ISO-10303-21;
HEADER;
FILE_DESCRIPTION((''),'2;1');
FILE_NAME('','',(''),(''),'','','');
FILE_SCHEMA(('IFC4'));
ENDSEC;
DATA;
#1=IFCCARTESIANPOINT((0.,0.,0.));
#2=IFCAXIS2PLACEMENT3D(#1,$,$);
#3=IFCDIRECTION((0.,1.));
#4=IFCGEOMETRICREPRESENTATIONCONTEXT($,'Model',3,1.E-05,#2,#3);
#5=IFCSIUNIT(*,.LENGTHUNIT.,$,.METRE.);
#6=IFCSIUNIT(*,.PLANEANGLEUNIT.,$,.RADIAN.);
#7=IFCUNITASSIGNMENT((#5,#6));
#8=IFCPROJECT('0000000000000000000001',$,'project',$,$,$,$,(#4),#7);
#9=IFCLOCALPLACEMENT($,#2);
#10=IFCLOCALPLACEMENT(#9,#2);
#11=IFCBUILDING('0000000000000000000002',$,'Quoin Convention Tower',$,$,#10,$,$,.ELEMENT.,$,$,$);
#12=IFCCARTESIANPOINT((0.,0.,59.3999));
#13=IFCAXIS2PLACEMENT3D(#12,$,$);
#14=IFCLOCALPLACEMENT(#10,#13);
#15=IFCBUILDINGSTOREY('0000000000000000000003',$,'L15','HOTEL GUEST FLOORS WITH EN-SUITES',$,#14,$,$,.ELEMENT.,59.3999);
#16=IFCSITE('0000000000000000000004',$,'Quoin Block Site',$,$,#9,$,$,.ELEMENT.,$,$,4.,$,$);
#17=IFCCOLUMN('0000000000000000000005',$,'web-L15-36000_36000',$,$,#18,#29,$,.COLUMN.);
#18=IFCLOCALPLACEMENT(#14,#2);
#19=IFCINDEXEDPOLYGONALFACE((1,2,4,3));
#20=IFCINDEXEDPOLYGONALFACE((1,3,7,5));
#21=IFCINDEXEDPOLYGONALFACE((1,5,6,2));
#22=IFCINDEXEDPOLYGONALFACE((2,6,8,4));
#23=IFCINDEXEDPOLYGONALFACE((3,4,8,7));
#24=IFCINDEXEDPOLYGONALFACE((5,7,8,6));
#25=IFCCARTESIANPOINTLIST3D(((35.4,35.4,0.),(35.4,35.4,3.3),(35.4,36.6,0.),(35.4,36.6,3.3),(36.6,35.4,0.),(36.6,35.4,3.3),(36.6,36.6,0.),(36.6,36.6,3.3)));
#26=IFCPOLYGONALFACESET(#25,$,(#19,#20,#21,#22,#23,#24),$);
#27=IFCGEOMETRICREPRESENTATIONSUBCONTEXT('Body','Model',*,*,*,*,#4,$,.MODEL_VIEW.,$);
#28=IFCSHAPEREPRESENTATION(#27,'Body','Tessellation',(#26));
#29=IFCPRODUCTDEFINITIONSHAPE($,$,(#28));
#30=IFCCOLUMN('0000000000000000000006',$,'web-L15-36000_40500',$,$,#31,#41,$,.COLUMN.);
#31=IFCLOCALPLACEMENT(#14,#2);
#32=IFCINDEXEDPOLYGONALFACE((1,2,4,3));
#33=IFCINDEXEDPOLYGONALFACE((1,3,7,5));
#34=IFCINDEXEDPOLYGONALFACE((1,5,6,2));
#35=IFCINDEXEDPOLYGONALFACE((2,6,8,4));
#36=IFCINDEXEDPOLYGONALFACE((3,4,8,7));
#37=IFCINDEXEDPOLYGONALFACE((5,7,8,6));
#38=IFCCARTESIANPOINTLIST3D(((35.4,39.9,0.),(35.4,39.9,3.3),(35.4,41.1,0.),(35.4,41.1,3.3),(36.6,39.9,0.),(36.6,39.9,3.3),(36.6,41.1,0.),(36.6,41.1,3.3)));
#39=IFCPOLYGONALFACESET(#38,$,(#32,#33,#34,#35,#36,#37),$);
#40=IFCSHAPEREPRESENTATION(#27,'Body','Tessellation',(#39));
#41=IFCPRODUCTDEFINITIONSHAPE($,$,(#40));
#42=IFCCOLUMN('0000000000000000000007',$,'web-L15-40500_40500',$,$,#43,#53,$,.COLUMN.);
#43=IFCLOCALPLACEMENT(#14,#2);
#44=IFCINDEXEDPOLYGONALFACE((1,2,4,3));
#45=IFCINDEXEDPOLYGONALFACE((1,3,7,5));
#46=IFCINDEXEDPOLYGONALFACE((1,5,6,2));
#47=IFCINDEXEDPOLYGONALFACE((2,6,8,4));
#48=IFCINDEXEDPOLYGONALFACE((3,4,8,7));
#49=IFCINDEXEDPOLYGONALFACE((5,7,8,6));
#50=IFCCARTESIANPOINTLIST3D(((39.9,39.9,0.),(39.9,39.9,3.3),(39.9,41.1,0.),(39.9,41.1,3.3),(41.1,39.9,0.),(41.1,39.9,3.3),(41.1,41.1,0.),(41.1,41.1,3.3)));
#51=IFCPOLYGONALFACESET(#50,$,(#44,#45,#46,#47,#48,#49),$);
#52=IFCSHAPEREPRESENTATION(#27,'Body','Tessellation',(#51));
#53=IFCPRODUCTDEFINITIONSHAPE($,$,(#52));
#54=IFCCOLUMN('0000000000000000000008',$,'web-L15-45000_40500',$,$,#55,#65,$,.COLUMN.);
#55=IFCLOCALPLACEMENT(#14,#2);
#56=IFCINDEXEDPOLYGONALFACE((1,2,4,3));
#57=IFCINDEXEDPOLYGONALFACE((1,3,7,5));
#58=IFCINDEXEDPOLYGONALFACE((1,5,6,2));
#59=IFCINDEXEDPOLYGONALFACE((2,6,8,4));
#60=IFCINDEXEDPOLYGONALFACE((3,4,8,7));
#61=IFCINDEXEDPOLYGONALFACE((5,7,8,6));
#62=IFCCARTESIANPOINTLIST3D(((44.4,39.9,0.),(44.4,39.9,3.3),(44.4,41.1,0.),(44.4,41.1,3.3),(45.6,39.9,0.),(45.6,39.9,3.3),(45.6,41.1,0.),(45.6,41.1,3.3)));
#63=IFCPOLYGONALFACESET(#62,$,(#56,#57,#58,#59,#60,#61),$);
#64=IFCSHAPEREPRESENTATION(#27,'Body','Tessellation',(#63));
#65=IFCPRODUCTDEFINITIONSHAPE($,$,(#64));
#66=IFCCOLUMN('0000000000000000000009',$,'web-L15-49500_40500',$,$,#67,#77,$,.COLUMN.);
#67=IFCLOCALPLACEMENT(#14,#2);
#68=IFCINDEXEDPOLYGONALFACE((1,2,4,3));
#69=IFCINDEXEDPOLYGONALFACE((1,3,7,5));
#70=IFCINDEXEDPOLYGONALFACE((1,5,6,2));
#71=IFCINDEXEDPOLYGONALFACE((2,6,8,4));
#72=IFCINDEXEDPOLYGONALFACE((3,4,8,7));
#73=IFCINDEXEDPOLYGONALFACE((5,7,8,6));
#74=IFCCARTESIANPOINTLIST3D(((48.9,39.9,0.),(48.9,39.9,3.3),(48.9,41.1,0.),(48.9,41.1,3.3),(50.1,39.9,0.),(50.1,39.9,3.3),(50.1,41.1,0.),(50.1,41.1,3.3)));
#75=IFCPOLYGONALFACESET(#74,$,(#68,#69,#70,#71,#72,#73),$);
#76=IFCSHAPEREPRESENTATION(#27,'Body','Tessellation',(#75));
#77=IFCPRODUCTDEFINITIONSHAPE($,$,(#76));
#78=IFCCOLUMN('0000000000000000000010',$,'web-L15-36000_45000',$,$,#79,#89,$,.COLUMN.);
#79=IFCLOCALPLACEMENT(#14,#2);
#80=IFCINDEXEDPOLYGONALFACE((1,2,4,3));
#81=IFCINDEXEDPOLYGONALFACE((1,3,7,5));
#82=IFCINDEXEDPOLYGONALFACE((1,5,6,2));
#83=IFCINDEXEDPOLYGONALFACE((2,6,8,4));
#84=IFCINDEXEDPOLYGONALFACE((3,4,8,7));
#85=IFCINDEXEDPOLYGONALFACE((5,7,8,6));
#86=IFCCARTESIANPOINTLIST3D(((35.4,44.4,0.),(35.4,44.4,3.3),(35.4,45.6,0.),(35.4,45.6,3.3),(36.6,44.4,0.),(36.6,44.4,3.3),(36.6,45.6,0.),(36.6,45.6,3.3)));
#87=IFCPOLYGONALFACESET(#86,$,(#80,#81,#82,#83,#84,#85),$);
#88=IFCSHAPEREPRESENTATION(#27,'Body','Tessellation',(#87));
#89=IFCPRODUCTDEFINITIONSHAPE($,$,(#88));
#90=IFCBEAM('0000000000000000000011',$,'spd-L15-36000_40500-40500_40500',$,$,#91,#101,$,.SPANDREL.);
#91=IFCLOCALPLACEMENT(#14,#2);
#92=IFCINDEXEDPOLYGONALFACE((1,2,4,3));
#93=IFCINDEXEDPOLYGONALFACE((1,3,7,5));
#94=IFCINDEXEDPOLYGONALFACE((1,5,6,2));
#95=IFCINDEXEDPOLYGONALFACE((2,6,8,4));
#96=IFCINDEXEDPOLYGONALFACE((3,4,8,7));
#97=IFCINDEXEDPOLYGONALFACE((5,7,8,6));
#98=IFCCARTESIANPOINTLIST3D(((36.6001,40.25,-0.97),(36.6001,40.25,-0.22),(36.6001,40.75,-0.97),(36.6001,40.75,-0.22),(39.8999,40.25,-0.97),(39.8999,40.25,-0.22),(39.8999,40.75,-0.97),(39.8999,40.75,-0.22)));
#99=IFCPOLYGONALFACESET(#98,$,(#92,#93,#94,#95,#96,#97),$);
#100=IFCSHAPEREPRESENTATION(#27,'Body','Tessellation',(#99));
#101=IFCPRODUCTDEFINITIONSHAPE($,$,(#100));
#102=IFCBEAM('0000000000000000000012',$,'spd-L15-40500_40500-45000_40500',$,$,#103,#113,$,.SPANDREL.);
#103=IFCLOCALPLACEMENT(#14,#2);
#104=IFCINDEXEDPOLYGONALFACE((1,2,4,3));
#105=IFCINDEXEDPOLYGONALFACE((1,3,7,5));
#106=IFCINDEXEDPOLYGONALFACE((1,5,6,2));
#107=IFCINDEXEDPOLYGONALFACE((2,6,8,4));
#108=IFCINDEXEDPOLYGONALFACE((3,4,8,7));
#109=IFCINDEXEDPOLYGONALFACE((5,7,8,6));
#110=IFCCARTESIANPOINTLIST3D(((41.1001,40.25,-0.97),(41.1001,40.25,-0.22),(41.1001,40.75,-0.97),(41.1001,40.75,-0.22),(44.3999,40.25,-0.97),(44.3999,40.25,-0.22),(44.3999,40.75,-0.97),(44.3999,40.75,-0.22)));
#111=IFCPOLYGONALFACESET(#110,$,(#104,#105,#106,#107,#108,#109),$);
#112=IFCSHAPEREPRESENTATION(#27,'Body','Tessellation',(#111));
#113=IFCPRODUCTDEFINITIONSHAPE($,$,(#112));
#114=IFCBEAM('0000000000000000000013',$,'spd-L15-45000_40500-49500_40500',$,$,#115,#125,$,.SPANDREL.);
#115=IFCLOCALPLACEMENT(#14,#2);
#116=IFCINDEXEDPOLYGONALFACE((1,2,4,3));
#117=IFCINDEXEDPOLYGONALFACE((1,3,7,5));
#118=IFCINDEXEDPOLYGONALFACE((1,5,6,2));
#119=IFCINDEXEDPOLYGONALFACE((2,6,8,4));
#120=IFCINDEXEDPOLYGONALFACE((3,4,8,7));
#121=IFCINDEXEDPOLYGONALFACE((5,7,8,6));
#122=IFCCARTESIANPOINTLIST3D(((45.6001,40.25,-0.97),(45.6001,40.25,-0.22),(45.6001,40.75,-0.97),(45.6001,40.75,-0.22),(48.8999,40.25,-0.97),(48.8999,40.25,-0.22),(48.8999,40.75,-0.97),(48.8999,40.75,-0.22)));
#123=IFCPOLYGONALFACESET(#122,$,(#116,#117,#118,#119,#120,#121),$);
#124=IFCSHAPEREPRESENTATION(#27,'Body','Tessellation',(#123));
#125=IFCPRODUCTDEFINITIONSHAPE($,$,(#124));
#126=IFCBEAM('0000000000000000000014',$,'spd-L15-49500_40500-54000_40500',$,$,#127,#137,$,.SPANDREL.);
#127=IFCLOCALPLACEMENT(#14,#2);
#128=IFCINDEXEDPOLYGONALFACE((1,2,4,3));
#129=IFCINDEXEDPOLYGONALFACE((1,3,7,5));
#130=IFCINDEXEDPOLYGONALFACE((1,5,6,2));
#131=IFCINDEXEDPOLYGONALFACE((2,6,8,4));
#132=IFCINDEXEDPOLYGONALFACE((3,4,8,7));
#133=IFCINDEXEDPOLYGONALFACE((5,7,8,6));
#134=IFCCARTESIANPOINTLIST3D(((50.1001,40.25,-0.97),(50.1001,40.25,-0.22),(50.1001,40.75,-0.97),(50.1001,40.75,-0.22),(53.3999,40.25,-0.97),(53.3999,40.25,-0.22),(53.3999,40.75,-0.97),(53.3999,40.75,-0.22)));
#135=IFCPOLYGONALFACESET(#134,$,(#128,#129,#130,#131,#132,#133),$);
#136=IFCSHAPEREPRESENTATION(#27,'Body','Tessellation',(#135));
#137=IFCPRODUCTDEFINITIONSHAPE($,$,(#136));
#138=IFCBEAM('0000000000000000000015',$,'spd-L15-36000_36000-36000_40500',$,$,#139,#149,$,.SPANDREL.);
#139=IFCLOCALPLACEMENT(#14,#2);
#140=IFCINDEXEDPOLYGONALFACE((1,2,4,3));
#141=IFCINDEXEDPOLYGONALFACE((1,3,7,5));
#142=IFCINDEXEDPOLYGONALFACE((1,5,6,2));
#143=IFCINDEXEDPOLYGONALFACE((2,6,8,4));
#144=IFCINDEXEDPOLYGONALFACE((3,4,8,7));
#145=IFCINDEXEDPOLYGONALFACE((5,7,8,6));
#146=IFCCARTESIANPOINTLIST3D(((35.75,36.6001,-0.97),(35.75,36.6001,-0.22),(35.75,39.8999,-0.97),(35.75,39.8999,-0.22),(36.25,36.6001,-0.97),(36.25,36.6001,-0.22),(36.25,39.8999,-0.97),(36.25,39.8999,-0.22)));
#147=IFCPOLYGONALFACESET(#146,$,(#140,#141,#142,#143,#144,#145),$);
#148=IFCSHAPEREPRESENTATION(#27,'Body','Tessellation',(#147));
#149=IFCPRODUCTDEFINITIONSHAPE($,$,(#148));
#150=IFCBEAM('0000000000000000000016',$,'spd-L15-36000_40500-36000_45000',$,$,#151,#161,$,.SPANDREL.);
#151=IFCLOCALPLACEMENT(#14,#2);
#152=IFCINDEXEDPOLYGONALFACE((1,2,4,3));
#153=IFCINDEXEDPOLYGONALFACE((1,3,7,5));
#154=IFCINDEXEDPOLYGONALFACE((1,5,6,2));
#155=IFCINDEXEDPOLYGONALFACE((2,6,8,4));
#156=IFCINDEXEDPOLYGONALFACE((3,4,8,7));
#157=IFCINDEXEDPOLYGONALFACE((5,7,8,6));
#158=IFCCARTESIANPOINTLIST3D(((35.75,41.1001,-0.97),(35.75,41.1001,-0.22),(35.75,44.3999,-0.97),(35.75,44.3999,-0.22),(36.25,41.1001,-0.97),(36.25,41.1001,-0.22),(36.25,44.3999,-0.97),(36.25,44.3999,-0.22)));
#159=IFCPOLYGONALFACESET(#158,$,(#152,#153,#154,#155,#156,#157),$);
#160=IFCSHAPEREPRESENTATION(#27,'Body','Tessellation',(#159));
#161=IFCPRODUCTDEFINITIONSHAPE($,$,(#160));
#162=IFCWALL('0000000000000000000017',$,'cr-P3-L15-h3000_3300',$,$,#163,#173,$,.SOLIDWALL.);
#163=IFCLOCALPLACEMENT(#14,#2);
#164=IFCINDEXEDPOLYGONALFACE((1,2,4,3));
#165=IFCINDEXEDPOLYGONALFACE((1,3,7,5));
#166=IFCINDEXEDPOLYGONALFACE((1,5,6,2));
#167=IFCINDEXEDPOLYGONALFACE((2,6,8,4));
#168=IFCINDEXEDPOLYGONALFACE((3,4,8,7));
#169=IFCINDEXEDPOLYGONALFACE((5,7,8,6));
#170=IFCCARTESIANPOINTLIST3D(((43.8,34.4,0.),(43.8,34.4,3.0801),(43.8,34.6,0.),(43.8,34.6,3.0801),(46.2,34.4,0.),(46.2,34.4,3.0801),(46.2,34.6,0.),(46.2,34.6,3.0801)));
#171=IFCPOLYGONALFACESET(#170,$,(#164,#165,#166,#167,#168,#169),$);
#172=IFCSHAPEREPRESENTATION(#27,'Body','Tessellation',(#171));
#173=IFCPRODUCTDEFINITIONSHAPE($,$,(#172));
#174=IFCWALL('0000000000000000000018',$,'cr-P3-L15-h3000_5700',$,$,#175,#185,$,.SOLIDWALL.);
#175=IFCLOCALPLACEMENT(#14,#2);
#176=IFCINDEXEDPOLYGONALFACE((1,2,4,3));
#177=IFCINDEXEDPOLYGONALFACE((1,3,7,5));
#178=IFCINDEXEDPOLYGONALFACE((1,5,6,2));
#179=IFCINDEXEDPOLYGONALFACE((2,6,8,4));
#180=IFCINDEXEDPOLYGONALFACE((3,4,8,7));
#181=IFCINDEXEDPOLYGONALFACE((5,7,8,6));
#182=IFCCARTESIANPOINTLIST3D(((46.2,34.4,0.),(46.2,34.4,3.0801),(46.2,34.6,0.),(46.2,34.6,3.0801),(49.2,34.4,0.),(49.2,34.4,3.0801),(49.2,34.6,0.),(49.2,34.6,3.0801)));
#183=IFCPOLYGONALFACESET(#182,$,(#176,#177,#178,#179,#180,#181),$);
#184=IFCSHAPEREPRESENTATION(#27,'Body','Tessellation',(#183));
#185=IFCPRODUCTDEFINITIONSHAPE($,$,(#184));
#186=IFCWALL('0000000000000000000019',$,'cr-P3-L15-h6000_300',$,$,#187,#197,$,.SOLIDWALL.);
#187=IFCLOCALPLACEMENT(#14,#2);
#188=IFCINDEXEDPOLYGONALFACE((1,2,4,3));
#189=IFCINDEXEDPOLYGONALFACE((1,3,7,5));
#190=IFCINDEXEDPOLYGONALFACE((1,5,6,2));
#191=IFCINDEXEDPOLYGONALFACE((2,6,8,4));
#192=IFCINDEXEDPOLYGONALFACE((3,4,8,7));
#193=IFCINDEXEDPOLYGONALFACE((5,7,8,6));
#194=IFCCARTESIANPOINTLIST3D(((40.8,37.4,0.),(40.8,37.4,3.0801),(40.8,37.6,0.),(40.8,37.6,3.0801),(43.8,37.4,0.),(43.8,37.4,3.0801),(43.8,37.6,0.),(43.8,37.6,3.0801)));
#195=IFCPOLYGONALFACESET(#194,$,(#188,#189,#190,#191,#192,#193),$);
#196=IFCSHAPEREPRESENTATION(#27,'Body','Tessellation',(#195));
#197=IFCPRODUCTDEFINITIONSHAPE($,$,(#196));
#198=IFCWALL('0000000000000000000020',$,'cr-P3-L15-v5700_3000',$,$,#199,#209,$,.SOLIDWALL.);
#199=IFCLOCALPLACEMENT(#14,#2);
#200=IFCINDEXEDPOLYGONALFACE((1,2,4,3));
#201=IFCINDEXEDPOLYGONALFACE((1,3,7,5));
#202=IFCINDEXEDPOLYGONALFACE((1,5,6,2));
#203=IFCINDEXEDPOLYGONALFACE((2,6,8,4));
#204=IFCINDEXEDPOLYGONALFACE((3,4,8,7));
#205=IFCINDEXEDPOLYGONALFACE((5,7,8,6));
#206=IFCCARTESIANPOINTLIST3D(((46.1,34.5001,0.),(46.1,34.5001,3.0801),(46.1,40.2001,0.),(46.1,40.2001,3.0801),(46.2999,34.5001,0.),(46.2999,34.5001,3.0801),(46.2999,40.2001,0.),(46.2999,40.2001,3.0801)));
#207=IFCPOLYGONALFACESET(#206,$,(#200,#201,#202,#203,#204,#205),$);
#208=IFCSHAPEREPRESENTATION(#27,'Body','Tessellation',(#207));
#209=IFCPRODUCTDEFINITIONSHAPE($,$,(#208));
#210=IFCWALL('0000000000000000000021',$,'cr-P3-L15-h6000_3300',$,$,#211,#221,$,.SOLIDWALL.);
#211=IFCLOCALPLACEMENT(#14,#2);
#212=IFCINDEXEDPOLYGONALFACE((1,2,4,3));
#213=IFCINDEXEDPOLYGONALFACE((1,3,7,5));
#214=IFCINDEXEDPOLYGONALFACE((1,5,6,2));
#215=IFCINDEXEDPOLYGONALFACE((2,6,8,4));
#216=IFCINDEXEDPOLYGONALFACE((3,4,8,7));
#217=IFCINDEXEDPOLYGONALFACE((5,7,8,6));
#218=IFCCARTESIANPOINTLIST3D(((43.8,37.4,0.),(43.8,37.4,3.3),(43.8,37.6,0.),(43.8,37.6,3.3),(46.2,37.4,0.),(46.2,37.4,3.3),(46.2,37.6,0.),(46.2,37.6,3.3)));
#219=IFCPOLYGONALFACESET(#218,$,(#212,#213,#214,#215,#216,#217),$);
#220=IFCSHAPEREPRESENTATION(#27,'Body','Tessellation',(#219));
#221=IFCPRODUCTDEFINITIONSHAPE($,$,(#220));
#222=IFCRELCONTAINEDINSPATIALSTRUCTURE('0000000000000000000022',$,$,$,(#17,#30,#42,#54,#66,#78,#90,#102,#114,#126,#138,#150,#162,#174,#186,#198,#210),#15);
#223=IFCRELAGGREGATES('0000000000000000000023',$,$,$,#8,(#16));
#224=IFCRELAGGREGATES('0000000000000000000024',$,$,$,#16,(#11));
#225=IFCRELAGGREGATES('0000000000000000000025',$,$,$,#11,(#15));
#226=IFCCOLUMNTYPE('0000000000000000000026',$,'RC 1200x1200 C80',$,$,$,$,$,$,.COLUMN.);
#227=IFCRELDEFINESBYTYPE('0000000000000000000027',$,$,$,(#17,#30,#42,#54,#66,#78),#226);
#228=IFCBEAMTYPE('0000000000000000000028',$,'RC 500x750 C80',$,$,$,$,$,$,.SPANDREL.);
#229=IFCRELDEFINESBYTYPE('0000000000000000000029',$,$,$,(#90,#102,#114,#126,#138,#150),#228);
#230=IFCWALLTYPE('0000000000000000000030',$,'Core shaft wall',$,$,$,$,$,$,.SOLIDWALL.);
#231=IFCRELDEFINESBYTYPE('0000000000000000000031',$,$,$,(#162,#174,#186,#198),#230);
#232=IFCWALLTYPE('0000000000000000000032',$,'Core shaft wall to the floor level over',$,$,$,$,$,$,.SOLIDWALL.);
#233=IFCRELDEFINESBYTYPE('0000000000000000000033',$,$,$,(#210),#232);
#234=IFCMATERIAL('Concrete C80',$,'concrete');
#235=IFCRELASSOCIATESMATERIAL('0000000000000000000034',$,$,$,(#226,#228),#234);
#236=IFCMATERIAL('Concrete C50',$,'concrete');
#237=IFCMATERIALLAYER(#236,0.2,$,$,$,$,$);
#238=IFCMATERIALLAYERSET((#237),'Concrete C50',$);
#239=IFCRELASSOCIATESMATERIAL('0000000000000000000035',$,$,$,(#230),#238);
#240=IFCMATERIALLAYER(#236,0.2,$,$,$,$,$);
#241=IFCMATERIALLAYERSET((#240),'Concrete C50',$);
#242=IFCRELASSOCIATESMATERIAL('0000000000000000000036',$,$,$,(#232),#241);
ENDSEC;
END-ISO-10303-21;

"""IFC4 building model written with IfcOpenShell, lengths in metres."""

from ifc_helpers import new_model, si_unit, direction, frame, frame_2d, origin, origin_2d, place, context, subcontext, project, spatial, rectangle, extrude, material, layer, layer_set, material_profile, profile_set, type_object, element, save


model = new_model("IFC4")

# Units and contexts
model_context = context("Model", 3, precision=1e-05, world=origin(), true_north=direction((0.0, 1.0)))
body_context = subcontext(model_context, "Body", "Model", "MODEL_VIEW")
ifc_project = project(units=[si_unit("LENGTHUNIT", "METRE"), si_unit("PLANEANGLEUNIT", "RADIAN")], contexts=[model_context])

# Site, building, storey
site_placement = place(None, origin())
site = spatial("IfcSite", under=ifc_project, at=site_placement, Name="Quoin Block Site", CompositionType="ELEMENT", RefElevation=4.0)
building_placement = place(site_placement, origin())
building = spatial("IfcBuilding", under=site, at=building_placement, Name="Quoin Convention Tower", CompositionType="ELEMENT")
storey_placement = place(building_placement, frame((0.0, 0.0, 59.3999)))
storey = spatial("IfcBuildingStorey", under=building, at=storey_placement, Name="L15", Description="HOTEL GUEST FLOORS WITH EN-SUITES", CompositionType="ELEMENT", Elevation=59.3999)

# Columns
ifc_material_1 = material(Name="Concrete C80", Category="concrete")
ifc_material_profile_1 = material_profile(ifc_material_1, rectangle(XDim=1.2, YDim=1.2, at=origin_2d()), Name="RC 1200x1200")
ifc_profile_set_1 = profile_set([ifc_material_profile_1], Name="Concrete C80")
column_type = type_object("IfcColumnType", Name="RC 1200x1200 C80", PredefinedType="COLUMN", material=ifc_profile_set_1)
for number, where, z_axis, x_axis, name in (
    (1, (36.0, 36.0, 0.0), (0.0, 0.0, 1.0), (1.0, 0.0, 0.0), "web-L15-36000_36000"),
    (2, (36.0, 40.5, 0.0), (0.0, 0.0, 1.0), (1.0, 0.0, 0.0), "web-L15-36000_40500"),
    (3, (40.5, 40.5, 0.0), (0.0, 0.0, 1.0), (1.0, 0.0, 0.0), "web-L15-40500_40500"),
    (4, (45.0, 40.5, 0.0), (0.0, 0.0, 1.0), (1.0, 0.0, 0.0), "web-L15-45000_40500"),
    (5, (49.5, 40.5, 0.0), (0.0, 0.0, 1.0), (1.0, 0.0, 0.0), "web-L15-49500_40500"),
    (6, (36.0, 45.0, 0.0), (0.0, 0.0, 1.0), (1.0, 0.0, 0.0), "web-L15-36000_45000"),
):
    element("IfcColumn", number, at=place(storey_placement, frame(where, z_axis=z_axis, x_axis=x_axis)), inside=storey, type_object=column_type, Name=name, PredefinedType="COLUMN", context=body_context, shape_type="SweptSolid", body=[
        extrude(rectangle(XDim=1.2, YDim=1.2, at=origin_2d()), origin(), (0.0, 0.0, 1.0), 3.3),
    ])

# Beams
ifc_material_profile_2 = material_profile(ifc_material_1, rectangle(XDim=0.5, YDim=0.75, at=origin_2d()), Name="RC 500x750")
ifc_profile_set_2 = profile_set([ifc_material_profile_2], Name="Concrete C80")
beam_type = type_object("IfcBeamType", Name="RC 500x750 C80", PredefinedType="SPANDREL", material=ifc_profile_set_2)
for number, where, z_axis, x_axis, name in (
    (7, (36.6001, 40.5, -0.595), (1.0, 0.0, 0.0), (0.0, 1.0, 0.0), "spd-L15-36000_40500-40500_40500"),
    (8, (41.1001, 40.5, -0.595), (1.0, 0.0, 0.0), (0.0, 1.0, 0.0), "spd-L15-40500_40500-45000_40500"),
    (9, (45.6001, 40.5, -0.595), (1.0, 0.0, 0.0), (0.0, 1.0, 0.0), "spd-L15-45000_40500-49500_40500"),
    (10, (50.1001, 40.5, -0.595), (1.0, 0.0, 0.0), (0.0, 1.0, 0.0), "spd-L15-49500_40500-54000_40500"),
    (11, (36.0, 36.6001, -0.595), (0.0, 1.0, 0.0), (-1.0, 0.0, 0.0), "spd-L15-36000_36000-36000_40500"),
    (12, (36.0, 41.1001, -0.595), (0.0, 1.0, 0.0), (-1.0, 0.0, 0.0), "spd-L15-36000_40500-36000_45000"),
):
    element("IfcBeam", number, at=place(storey_placement, frame(where, z_axis=z_axis, x_axis=x_axis)), inside=storey, type_object=beam_type, Name=name, PredefinedType="SPANDREL", context=body_context, shape_type="SweptSolid", body=[
        extrude(rectangle(XDim=0.5, YDim=0.75, at=origin_2d()), origin(), (0.0, 0.0, 1.0), 3.2998),
    ])

# Walls
ifc_material_2 = material(Name="Concrete C50", Category="concrete")
ifc_layer_1 = layer(ifc_material_2, 0.2)
ifc_layer_set_1 = layer_set([ifc_layer_1], Name="Concrete C50")
wall_type_1 = type_object("IfcWallType", Name="Core shaft wall", PredefinedType="SOLIDWALL", material=ifc_layer_set_1)
wall_1_placement = place(storey_placement, frame((43.8, 34.5, 0.0), z_axis=(0.0, 0.0, 1.0), x_axis=(1.0, 0.0, 0.0)))
element("IfcWall", 13, at=wall_1_placement, inside=storey, type_object=wall_type_1, Name="cr-P3-L15-h3000_3300", PredefinedType="SOLIDWALL", context=body_context, shape_type="SweptSolid", body=[
    extrude(rectangle(XDim=2.3999, YDim=0.2, at=frame_2d((1.2, 0.0))), origin(), (0.0, 0.0, 1.0), 3.0801),
])
for number, where, z_axis, x_axis, name in (
    (14, (46.2, 34.5, 0.0), (0.0, 0.0, 1.0), (1.0, 0.0, 0.0), "cr-P3-L15-h3000_5700"),
    (15, (40.8, 37.5, 0.0), (0.0, 0.0, 1.0), (1.0, 0.0, 0.0), "cr-P3-L15-h6000_300"),
):
    element("IfcWall", number, at=place(storey_placement, frame(where, z_axis=z_axis, x_axis=x_axis)), inside=storey, type_object=wall_type_1, Name=name, PredefinedType="SOLIDWALL", context=body_context, shape_type="SweptSolid", body=[
        extrude(rectangle(XDim=3.0, YDim=0.2, at=frame_2d((1.5, 0.0))), origin(), (0.0, 0.0, 1.0), 3.0801),
    ])
wall_2_placement = place(storey_placement, frame((46.2, 34.5, 0.0), z_axis=(0.0, 0.0, 1.0), x_axis=(0.0, 1.0, 0.0)))
element("IfcWall", 16, at=wall_2_placement, inside=storey, type_object=wall_type_1, Name="cr-P3-L15-v5700_3000", PredefinedType="SOLIDWALL", context=body_context, shape_type="SweptSolid", body=[
    extrude(rectangle(XDim=5.7, YDim=0.2, at=frame_2d((2.8501, 0.0))), origin(), (0.0, 0.0, 1.0), 3.0801),
])
ifc_layer_2 = layer(ifc_material_2, 0.2)
ifc_layer_set_2 = layer_set([ifc_layer_2], Name="Concrete C50")
wall_type_2 = type_object("IfcWallType", Name="Core shaft wall to the floor level over", PredefinedType="SOLIDWALL", material=ifc_layer_set_2)
wall_3_placement = place(storey_placement, frame((43.8, 37.5, 0.0), z_axis=(0.0, 0.0, 1.0), x_axis=(1.0, 0.0, 0.0)))
element("IfcWall", 17, at=wall_3_placement, inside=storey, type_object=wall_type_2, Name="cr-P3-L15-h6000_3300", PredefinedType="SOLIDWALL", context=body_context, shape_type="SweptSolid", body=[
    extrude(rectangle(XDim=2.3999, YDim=0.2, at=frame_2d((1.2, 0.0))), origin(), (0.0, 0.0, 1.0), 3.3),
])

save(model, "model.ifc")
